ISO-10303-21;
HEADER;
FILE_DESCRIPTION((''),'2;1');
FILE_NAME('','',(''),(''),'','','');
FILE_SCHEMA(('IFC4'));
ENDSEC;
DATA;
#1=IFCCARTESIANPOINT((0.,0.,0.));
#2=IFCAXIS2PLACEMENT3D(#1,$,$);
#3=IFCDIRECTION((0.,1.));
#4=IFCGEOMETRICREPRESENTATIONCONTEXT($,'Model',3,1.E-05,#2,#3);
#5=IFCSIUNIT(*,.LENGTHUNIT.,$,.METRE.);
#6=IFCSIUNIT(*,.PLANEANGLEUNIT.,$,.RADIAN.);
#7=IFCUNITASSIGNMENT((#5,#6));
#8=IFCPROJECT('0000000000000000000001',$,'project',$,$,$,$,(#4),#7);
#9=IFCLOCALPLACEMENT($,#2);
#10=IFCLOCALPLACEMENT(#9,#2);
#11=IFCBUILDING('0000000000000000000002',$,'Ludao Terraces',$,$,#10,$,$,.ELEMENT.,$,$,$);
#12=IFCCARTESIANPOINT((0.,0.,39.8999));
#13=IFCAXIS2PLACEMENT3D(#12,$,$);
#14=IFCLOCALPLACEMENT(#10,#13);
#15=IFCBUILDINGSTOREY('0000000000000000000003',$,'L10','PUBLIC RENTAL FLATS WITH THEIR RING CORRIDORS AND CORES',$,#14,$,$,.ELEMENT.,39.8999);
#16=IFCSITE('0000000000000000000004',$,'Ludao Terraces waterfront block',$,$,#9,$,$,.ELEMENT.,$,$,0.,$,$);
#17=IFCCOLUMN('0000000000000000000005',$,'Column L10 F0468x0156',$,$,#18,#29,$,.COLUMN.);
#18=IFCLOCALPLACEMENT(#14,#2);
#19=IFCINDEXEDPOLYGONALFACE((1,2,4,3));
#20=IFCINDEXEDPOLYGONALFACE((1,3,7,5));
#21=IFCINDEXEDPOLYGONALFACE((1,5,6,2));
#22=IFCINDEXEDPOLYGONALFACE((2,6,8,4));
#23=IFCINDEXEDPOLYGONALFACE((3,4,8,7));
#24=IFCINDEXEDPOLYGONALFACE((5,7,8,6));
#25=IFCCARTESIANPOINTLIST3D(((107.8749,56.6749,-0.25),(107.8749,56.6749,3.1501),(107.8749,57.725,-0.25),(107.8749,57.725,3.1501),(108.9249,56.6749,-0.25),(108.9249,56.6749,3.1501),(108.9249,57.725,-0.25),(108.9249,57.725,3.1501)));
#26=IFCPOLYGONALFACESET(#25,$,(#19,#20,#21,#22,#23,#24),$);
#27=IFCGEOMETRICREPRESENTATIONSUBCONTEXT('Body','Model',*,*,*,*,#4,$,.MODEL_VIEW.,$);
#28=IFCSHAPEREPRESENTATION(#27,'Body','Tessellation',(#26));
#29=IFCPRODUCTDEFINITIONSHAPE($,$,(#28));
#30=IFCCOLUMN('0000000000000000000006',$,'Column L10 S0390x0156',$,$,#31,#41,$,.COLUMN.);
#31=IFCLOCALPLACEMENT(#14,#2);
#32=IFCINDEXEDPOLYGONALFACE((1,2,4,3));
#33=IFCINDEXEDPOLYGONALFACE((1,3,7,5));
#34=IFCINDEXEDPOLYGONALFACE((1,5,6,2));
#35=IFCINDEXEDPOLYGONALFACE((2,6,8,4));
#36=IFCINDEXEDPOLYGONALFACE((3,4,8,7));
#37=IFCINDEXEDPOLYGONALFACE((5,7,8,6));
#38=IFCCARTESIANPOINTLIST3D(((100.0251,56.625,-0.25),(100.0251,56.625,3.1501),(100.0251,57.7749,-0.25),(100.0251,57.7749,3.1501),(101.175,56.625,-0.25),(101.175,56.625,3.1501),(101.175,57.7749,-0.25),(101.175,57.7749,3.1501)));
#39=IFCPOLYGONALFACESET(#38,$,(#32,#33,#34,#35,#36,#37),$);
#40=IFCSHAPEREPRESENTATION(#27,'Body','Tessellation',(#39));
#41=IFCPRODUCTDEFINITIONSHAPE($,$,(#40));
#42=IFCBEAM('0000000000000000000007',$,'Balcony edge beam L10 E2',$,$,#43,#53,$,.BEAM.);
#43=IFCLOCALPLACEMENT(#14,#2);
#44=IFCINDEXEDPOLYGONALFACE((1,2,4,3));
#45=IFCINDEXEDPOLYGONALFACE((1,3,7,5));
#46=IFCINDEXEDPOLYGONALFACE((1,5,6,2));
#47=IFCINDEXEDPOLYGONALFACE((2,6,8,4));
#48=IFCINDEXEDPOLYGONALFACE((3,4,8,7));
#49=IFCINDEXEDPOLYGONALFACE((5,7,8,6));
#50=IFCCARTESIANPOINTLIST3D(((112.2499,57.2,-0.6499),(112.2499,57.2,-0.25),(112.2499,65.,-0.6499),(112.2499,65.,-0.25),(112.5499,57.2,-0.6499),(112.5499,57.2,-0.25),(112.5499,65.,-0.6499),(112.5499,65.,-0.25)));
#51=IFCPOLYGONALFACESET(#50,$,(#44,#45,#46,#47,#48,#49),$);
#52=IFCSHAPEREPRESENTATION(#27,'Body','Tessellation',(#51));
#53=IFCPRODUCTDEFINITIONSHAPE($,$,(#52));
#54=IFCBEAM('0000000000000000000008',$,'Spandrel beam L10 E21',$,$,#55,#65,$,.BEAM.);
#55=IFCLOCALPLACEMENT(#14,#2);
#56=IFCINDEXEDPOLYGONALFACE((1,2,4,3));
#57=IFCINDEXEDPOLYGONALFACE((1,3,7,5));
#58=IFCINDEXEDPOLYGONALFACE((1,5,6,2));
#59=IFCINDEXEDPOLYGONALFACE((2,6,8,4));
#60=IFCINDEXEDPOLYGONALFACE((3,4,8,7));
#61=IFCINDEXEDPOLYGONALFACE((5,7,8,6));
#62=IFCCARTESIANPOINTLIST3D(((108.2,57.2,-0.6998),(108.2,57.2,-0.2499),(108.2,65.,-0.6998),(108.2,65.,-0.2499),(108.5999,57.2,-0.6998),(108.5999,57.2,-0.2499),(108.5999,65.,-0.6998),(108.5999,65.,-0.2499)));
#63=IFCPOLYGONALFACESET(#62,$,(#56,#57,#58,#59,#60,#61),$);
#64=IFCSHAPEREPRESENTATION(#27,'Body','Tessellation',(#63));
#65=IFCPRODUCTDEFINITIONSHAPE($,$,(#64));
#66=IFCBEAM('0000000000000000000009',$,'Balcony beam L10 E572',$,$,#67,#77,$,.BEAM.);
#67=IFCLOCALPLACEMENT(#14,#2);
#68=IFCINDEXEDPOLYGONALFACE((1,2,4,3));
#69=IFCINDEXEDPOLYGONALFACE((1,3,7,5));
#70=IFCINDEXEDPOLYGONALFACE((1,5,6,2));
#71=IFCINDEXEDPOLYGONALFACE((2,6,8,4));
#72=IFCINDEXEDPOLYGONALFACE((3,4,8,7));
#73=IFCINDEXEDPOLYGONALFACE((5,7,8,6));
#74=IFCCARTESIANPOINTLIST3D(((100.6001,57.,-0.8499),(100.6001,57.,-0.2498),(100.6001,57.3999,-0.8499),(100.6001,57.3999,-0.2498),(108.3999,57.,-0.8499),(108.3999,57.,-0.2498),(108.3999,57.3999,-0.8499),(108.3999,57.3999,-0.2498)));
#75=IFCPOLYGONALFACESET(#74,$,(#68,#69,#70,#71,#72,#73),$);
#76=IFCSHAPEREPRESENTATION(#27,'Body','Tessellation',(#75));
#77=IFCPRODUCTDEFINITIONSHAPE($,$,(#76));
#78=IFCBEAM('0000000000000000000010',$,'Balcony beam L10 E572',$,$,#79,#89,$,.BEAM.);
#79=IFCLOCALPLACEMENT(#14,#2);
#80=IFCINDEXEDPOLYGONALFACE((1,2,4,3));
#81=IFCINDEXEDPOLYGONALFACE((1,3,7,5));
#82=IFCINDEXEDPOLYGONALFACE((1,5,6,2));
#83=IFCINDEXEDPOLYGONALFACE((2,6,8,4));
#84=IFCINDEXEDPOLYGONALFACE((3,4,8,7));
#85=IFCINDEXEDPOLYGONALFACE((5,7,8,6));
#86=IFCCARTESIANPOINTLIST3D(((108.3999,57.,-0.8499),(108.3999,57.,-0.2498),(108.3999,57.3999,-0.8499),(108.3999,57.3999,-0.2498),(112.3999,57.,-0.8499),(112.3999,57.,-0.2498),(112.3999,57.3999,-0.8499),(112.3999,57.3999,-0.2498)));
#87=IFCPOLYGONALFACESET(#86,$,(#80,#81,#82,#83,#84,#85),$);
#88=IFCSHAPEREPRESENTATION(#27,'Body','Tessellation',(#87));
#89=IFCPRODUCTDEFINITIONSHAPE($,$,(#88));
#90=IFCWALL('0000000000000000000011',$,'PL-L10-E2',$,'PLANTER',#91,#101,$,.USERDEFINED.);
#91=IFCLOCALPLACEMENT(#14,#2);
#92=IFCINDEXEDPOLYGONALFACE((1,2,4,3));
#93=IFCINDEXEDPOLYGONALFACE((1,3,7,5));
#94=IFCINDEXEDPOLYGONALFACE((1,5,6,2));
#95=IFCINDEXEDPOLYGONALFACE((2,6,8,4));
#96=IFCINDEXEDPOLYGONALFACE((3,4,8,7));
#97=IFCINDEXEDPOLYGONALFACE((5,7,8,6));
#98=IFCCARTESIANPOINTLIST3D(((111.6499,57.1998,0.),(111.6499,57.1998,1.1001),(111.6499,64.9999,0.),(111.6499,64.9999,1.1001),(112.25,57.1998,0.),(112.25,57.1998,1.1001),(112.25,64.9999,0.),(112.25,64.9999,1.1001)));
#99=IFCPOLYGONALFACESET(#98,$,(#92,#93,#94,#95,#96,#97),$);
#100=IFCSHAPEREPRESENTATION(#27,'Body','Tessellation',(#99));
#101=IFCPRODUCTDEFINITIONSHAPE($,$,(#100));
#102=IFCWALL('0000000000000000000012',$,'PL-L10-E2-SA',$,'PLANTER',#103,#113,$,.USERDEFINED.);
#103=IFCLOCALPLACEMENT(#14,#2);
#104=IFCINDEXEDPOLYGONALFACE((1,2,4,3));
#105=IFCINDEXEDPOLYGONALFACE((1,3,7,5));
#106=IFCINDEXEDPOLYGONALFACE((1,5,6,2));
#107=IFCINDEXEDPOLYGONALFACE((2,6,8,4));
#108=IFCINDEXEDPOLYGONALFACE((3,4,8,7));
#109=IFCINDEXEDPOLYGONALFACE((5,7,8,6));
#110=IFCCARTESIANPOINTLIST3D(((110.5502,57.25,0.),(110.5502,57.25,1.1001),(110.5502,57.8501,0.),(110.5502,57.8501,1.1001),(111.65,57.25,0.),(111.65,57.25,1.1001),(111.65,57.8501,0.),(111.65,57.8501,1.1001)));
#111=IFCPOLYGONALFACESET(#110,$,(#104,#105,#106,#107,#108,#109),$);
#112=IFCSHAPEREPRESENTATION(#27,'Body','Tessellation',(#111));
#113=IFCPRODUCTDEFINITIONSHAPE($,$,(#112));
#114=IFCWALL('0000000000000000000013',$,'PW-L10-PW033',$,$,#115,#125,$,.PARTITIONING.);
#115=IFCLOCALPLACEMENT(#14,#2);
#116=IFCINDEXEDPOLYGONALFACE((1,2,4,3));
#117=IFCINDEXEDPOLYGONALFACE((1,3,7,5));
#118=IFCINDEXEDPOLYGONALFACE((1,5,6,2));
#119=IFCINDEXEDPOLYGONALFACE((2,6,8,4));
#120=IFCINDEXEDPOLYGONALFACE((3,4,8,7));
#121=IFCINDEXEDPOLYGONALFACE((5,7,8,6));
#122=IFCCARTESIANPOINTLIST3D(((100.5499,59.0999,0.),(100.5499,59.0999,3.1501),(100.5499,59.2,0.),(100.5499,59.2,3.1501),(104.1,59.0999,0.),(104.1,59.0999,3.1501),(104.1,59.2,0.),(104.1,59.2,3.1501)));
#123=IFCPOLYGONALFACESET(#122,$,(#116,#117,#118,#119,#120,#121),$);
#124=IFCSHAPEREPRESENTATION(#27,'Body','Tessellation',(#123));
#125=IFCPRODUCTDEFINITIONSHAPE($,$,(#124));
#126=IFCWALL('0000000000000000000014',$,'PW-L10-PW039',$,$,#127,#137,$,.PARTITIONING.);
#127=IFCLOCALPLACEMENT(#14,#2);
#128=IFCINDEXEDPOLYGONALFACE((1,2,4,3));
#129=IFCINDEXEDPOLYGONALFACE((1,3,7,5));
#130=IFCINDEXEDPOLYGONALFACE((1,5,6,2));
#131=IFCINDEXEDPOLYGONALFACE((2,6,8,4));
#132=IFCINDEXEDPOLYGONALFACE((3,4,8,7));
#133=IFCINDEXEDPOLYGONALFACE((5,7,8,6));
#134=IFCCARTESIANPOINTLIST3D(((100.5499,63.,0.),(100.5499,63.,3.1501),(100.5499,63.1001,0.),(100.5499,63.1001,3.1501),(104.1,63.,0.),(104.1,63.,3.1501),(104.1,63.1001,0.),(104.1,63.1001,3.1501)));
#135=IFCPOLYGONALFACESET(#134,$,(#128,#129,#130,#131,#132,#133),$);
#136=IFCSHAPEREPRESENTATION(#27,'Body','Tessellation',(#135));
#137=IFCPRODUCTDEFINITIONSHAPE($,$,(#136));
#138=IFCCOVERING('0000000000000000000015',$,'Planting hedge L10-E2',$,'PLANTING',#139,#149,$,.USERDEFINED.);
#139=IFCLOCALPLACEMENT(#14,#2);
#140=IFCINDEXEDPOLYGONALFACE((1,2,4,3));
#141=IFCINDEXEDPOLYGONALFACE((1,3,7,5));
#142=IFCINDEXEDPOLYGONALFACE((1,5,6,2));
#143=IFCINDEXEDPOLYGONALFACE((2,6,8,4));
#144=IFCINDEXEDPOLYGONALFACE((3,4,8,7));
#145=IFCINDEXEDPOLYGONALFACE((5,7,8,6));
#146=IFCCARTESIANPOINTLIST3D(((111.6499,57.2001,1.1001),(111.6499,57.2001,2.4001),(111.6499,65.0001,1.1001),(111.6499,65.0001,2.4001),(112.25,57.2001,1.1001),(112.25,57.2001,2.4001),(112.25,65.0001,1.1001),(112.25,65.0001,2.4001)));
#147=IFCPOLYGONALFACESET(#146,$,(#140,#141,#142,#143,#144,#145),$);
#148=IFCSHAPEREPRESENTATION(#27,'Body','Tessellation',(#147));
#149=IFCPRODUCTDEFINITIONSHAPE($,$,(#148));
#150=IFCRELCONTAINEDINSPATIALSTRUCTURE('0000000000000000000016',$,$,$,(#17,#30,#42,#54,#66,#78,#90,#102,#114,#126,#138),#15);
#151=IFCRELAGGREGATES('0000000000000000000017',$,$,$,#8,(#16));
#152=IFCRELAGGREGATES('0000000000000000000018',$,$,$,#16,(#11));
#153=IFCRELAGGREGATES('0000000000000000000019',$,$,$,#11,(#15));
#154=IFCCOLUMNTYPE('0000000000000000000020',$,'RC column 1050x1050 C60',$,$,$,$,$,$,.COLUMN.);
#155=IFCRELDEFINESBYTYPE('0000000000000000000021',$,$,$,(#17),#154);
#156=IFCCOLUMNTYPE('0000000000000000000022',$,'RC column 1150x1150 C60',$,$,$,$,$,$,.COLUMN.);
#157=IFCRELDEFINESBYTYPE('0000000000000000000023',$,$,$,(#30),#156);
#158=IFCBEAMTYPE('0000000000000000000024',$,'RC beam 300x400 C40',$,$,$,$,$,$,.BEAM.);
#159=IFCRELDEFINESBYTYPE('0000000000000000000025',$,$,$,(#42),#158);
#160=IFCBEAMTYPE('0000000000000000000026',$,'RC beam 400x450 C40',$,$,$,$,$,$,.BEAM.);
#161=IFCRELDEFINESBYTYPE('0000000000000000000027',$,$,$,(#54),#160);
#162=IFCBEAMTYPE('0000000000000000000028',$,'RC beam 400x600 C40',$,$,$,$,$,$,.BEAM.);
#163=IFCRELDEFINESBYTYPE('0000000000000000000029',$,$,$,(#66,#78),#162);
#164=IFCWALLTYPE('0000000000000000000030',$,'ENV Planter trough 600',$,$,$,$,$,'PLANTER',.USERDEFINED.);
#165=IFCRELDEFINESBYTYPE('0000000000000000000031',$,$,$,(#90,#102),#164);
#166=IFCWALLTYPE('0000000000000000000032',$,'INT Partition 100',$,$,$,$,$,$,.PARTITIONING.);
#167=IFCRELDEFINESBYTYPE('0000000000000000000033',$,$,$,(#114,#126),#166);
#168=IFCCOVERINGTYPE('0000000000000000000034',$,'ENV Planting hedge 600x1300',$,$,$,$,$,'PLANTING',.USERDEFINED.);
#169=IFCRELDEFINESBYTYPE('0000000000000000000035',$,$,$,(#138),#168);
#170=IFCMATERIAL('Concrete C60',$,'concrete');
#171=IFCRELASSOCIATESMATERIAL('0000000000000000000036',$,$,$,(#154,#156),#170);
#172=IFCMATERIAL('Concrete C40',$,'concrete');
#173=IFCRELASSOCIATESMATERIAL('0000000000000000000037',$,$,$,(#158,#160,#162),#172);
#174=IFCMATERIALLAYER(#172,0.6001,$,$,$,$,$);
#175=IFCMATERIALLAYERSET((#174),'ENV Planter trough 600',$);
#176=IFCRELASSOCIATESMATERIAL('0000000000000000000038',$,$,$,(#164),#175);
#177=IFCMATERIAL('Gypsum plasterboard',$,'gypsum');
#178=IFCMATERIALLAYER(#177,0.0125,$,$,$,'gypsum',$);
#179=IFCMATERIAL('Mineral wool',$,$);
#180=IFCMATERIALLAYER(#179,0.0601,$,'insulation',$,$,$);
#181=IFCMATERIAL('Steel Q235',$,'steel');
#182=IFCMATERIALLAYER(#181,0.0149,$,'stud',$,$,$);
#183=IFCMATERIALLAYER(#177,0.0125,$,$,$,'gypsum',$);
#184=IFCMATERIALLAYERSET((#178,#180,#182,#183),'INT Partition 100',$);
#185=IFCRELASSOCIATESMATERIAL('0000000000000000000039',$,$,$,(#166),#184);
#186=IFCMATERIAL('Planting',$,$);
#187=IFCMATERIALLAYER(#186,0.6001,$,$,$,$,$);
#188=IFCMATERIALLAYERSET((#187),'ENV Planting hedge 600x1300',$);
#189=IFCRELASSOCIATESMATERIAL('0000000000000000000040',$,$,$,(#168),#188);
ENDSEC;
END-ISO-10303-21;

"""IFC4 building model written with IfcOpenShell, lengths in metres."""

from ifc_helpers import new_model, si_unit, direction, frame, frame_2d, origin, origin_2d, place, context, subcontext, project, spatial, rectangle, extrude, material, layer, layer_set, material_profile, profile_set, type_object, element, save


model = new_model("IFC4")

# Units and contexts
model_context = context("Model", 3, precision=1e-05, world=origin(), true_north=direction((0.0, 1.0)))
body_context = subcontext(model_context, "Body", "Model", "MODEL_VIEW")
ifc_project = project(units=[si_unit("LENGTHUNIT", "METRE"), si_unit("PLANEANGLEUNIT", "RADIAN")], contexts=[model_context])

# Site, building, storey
site_placement = place(None, origin())
site = spatial("IfcSite", under=ifc_project, at=site_placement, Name="Ludao Terraces waterfront block", CompositionType="ELEMENT", RefElevation=0.0)
building_placement = place(site_placement, origin())
building = spatial("IfcBuilding", under=site, at=building_placement, Name="Ludao Terraces", CompositionType="ELEMENT")
storey_placement = place(building_placement, frame((0.0, 0.0, 39.8999)))
storey = spatial("IfcBuildingStorey", under=building, at=storey_placement, Name="L10", Description="PUBLIC RENTAL FLATS WITH THEIR RING CORRIDORS AND CORES", CompositionType="ELEMENT", Elevation=39.8999)

# Columns
ifc_material_1 = material(Name="Concrete C60", Category="concrete")
ifc_material_profile_1 = material_profile(ifc_material_1, rectangle(XDim=1.05, YDim=1.05, at=origin_2d()), Name="1050 X 1050")
ifc_profile_set_1 = profile_set([ifc_material_profile_1], Name="Concrete C60")
column_type_1 = type_object("IfcColumnType", Name="RC column 1050x1050 C60", PredefinedType="COLUMN", material=ifc_profile_set_1)
column_1_placement = place(storey_placement, frame((108.3999, 57.2, -0.25), z_axis=(0.0, 0.0, 1.0), x_axis=(1.0, 0.0, 0.0)))
element("IfcColumn", 1, at=column_1_placement, inside=storey, type_object=column_type_1, Name="Column L10 F0468x0156", PredefinedType="COLUMN", context=body_context, shape_type="SweptSolid", body=[
    extrude(rectangle(XDim=1.05, YDim=1.05, at=origin_2d()), origin(), (0.0, 0.0, 1.0), 3.4001),
])
ifc_material_profile_2 = material_profile(ifc_material_1, rectangle(XDim=1.1499, YDim=1.1499, at=origin_2d()), Name="1150 X 1150")
ifc_profile_set_2 = profile_set([ifc_material_profile_2], Name="Concrete C60")
column_type_2 = type_object("IfcColumnType", Name="RC column 1150x1150 C60", PredefinedType="COLUMN", material=ifc_profile_set_2)
column_2_placement = place(storey_placement, frame((100.6001, 57.2, -0.25), z_axis=(0.0, 0.0, 1.0), x_axis=(1.0, 0.0, 0.0)))
element("IfcColumn", 2, at=column_2_placement, inside=storey, type_object=column_type_2, Name="Column L10 S0390x0156", PredefinedType="COLUMN", context=body_context, shape_type="SweptSolid", body=[
    extrude(rectangle(XDim=1.1499, YDim=1.1499, at=origin_2d()), origin(), (0.0, 0.0, 1.0), 3.4001),
])

# Beams
ifc_material_2 = material(Name="Concrete C40", Category="concrete")
ifc_material_profile_3 = material_profile(ifc_material_2, rectangle(XDim=0.3, YDim=0.3999, at=origin_2d()), Name="300 X 400")
ifc_profile_set_3 = profile_set([ifc_material_profile_3], Name="Concrete C40")
beam_type_1 = type_object("IfcBeamType", Name="RC beam 300x400 C40", PredefinedType="BEAM", material=ifc_profile_set_3)
beam_1_placement = place(storey_placement, frame((112.3999, 57.2, -0.45), z_axis=(0.0, 1.0, 0.0), x_axis=(-1.0, 0.0, 0.0)))
element("IfcBeam", 3, at=beam_1_placement, inside=storey, type_object=beam_type_1, Name="Balcony edge beam L10 E2", PredefinedType="BEAM", context=body_context, shape_type="SweptSolid", body=[
    extrude(rectangle(XDim=0.3, YDim=0.3999, at=origin_2d()), origin(), (0.0, 0.0, 1.0), 7.8),
])
ifc_material_profile_4 = material_profile(ifc_material_2, rectangle(XDim=0.3999, YDim=0.45, at=origin_2d()), Name="400 X 450")
ifc_profile_set_4 = profile_set([ifc_material_profile_4], Name="Concrete C40")
beam_type_2 = type_object("IfcBeamType", Name="RC beam 400x450 C40", PredefinedType="BEAM", material=ifc_profile_set_4)
beam_2_placement = place(storey_placement, frame((108.3999, 57.2, -0.4749), z_axis=(0.0, 1.0, 0.0), x_axis=(-1.0, 0.0, 0.0)))
element("IfcBeam", 4, at=beam_2_placement, inside=storey, type_object=beam_type_2, Name="Spandrel beam L10 E21", PredefinedType="BEAM", context=body_context, shape_type="SweptSolid", body=[
    extrude(rectangle(XDim=0.3999, YDim=0.45, at=origin_2d()), origin(), (0.0, 0.0, 1.0), 7.8),
])
ifc_material_profile_5 = material_profile(ifc_material_2, rectangle(XDim=0.3999, YDim=0.6001, at=origin_2d()), Name="400 X 600")
ifc_profile_set_5 = profile_set([ifc_material_profile_5], Name="Concrete C40")
beam_type_3 = type_object("IfcBeamType", Name="RC beam 400x600 C40", PredefinedType="BEAM", material=ifc_profile_set_5)
beam_3_placement = place(storey_placement, frame((100.6001, 57.2, -0.5498), z_axis=(1.0, 0.0, 0.0), x_axis=(0.0, 1.0, 0.0)))
element("IfcBeam", 5, at=beam_3_placement, inside=storey, type_object=beam_type_3, Name="Balcony beam L10 E572", PredefinedType="BEAM", context=body_context, shape_type="SweptSolid", body=[
    extrude(rectangle(XDim=0.3999, YDim=0.6001, at=origin_2d()), origin(), (0.0, 0.0, 1.0), 7.7998),
])
beam_4_placement = place(storey_placement, frame((108.3999, 57.2, -0.5498), z_axis=(1.0, 0.0, 0.0), x_axis=(0.0, 1.0, 0.0)))
element("IfcBeam", 6, at=beam_4_placement, inside=storey, type_object=beam_type_3, Name="Balcony beam L10 E572", PredefinedType="BEAM", context=body_context, shape_type="SweptSolid", body=[
    extrude(rectangle(XDim=0.3999, YDim=0.6001, at=origin_2d()), origin(), (0.0, 0.0, 1.0), 4.0),
])

# Walls
ifc_layer_1 = layer(ifc_material_2, 0.6001)
ifc_layer_set_1 = layer_set([ifc_layer_1], Name="ENV Planter trough 600")
wall_type_1 = type_object("IfcWallType", Name="ENV Planter trough 600", ElementType="PLANTER", PredefinedType="USERDEFINED", material=ifc_layer_set_1)
wall_1_placement = place(storey_placement, frame((111.95, 57.2, 0.0), z_axis=(0.0, 0.0, 1.0), x_axis=(0.0, 1.0, 0.0)))
element("IfcWall", 7, at=wall_1_placement, inside=storey, type_object=wall_type_1, Name="PL-L10-E2", ObjectType="PLANTER", PredefinedType="USERDEFINED", context=body_context, shape_type="SweptSolid", body=[
    extrude(rectangle(XDim=7.8, YDim=0.6001, at=frame_2d((3.8999, 0.0))), origin(), (0.0, 0.0, 1.0), 1.1001),
])
wall_2_placement = place(storey_placement, frame((111.6499, 57.55, 0.0), z_axis=(0.0, 0.0, 1.0), x_axis=(-1.0, 0.0, 0.0)))
element("IfcWall", 8, at=wall_2_placement, inside=storey, type_object=wall_type_1, Name="PL-L10-E2-SA", ObjectType="PLANTER", PredefinedType="USERDEFINED", context=body_context, shape_type="SweptSolid", body=[
    extrude(rectangle(XDim=1.0999, YDim=0.6001, at=frame_2d((0.5498, 0.0))), origin(), (0.0, 0.0, 1.0), 1.1001),
])

# Shared definitions
ifc_material_3 = material(Name="Mineral wool")

# Walls
ifc_material_4 = material(Name="Gypsum plasterboard", Category="gypsum")
ifc_layer_2 = layer(ifc_material_4, 0.0125, Category="gypsum")
ifc_layer_3 = layer(ifc_material_3, 0.0601, Name="insulation")
ifc_material_5 = material(Name="Steel Q235", Category="steel")
ifc_layer_4 = layer(ifc_material_5, 0.0149, Name="stud")
ifc_layer_5 = layer(ifc_material_4, 0.0125, Category="gypsum")
ifc_layer_set_2 = layer_set([ifc_layer_2, ifc_layer_3, ifc_layer_4, ifc_layer_5], Name="INT Partition 100")
wall_type_2 = type_object("IfcWallType", Name="INT Partition 100", PredefinedType="PARTITIONING", material=ifc_layer_set_2)
for number, where, z_axis, x_axis, name in (
    (9, (100.55, 59.1499, 0.0), (0.0, 0.0, 1.0), (1.0, 0.0, 0.0), "PW-L10-PW033"),
    (10, (100.55, 63.05, 0.0), (0.0, 0.0, 1.0), (1.0, 0.0, 0.0), "PW-L10-PW039"),
):
    element("IfcWall", number, at=place(storey_placement, frame(where, z_axis=z_axis, x_axis=x_axis)), inside=storey, type_object=wall_type_2, Name=name, PredefinedType="PARTITIONING", context=body_context, shape_type="SweptSolid", body=[
        extrude(rectangle(XDim=3.55, YDim=0.1001, at=frame_2d((1.7749, 0.0))), origin(), (0.0, 0.0, 1.0), 3.1501),
    ])

# Covering
ifc_material_6 = material(Name="Planting")
ifc_layer_6 = layer(ifc_material_6, 0.6001)
ifc_layer_set_3 = layer_set([ifc_layer_6], Name="ENV Planting hedge 600x1300")
covering_type = type_object("IfcCoveringType", Name="ENV Planting hedge 600x1300", ElementType="PLANTING", PredefinedType="USERDEFINED", material=ifc_layer_set_3)
covering_placement = place(storey_placement, frame((111.95, 61.1001, 1.1001), z_axis=(0.0, 0.0, 1.0), x_axis=(1.0, 0.0, 0.0)))
element("IfcCovering", 11, at=covering_placement, inside=storey, type_object=covering_type, Name="Planting hedge L10-E2", ObjectType="PLANTING", PredefinedType="USERDEFINED", context=body_context, shape_type="SweptSolid", body=[
    extrude(rectangle(XDim=0.6001, YDim=7.8, at=origin_2d()), origin(), (0.0, 0.0, 1.0), 1.3),
])

save(model, "model.ifc")
